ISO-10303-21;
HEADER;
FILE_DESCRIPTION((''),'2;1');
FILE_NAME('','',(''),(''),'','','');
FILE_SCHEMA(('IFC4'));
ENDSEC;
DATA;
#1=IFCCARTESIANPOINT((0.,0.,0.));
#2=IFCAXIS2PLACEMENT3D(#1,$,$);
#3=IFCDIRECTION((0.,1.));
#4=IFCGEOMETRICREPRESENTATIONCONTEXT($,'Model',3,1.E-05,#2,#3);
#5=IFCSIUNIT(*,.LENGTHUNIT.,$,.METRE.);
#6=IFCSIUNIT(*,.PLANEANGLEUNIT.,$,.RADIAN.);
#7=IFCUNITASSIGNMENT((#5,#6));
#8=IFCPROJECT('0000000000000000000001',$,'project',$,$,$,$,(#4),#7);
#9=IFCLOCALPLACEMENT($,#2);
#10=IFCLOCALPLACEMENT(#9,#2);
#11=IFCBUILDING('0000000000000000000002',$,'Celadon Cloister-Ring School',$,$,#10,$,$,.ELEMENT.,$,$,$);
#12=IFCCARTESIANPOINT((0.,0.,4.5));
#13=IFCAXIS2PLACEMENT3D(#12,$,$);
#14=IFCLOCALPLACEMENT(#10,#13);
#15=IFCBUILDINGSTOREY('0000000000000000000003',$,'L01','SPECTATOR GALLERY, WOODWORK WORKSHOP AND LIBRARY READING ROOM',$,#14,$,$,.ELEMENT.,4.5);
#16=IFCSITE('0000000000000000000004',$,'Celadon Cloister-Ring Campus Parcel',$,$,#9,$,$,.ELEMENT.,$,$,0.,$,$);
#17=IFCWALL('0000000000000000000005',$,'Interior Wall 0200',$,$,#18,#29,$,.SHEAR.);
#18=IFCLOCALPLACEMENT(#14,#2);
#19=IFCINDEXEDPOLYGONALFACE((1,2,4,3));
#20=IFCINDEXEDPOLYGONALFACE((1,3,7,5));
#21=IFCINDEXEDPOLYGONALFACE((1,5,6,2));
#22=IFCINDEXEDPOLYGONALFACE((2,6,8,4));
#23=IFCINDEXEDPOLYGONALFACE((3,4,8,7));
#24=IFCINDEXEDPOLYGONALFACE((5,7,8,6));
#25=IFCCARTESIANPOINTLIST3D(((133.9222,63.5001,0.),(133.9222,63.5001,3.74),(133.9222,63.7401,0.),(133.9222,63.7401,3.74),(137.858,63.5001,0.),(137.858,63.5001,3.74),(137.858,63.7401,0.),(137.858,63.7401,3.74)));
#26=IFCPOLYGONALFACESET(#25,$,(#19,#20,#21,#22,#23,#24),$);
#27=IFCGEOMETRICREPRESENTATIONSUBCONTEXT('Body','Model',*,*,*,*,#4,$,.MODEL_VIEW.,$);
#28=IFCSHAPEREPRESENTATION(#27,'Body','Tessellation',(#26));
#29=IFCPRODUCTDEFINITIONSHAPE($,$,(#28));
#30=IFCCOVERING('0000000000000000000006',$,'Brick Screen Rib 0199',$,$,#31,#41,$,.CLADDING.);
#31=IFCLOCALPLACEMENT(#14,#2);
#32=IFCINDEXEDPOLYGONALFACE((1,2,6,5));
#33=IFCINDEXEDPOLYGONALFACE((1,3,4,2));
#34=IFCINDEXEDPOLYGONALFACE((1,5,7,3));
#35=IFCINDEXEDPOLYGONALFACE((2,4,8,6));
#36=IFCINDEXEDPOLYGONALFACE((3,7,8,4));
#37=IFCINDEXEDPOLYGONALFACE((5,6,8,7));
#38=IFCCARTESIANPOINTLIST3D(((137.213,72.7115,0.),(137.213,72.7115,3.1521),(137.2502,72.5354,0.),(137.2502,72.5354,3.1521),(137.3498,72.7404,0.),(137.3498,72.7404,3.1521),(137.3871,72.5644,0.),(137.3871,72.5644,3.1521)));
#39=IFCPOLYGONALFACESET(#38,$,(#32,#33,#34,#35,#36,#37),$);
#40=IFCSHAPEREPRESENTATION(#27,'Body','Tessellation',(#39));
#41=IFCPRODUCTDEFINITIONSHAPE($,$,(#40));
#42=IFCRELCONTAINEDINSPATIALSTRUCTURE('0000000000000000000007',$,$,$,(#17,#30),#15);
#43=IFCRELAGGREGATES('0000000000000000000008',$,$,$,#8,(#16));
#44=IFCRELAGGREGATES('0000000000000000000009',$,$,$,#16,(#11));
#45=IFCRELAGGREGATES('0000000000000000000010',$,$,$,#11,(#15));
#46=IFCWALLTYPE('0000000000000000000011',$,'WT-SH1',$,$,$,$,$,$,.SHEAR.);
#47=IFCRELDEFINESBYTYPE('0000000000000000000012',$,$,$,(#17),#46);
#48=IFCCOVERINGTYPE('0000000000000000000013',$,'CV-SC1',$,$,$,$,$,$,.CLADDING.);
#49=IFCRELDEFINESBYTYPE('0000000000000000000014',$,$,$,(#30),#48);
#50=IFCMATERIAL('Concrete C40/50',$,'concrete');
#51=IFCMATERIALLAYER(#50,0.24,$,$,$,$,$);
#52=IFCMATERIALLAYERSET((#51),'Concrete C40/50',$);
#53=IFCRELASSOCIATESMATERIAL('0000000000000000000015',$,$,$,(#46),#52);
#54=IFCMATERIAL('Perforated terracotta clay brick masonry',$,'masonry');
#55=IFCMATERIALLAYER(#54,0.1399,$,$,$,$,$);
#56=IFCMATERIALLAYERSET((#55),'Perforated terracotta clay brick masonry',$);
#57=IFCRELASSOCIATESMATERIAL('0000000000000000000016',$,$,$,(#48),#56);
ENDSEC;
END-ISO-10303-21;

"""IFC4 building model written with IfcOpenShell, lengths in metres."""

from ifc_helpers import new_model, si_unit, direction, frame, frame_2d, origin, origin_2d, place, context, subcontext, project, spatial, rectangle, extrude, material, layer, layer_set, type_object, element, save


model = new_model("IFC4")

# Units and contexts
model_context = context("Model", 3, precision=1e-05, world=origin(), true_north=direction((0.0, 1.0)))
body_context = subcontext(model_context, "Body", "Model", "MODEL_VIEW")
ifc_project = project(units=[si_unit("LENGTHUNIT", "METRE"), si_unit("PLANEANGLEUNIT", "RADIAN")], contexts=[model_context])

# Site, building, storey
site_placement = place(None, origin())
site = spatial("IfcSite", under=ifc_project, at=site_placement, Name="Celadon Cloister-Ring Campus Parcel", CompositionType="ELEMENT", RefElevation=0.0)
building_placement = place(site_placement, origin())
building = spatial("IfcBuilding", under=site, at=building_placement, Name="Celadon Cloister-Ring School", CompositionType="ELEMENT")
storey_placement = place(building_placement, frame((0.0, 0.0, 4.5)))
storey = spatial("IfcBuildingStorey", under=building, at=storey_placement, Name="L01", Description="SPECTATOR GALLERY, WOODWORK WORKSHOP AND LIBRARY READING ROOM", CompositionType="ELEMENT", Elevation=4.5)

# Wall
ifc_material_1 = material(Name="Concrete C40/50", Category="concrete")
ifc_layer_1 = layer(ifc_material_1, 0.24)
ifc_layer_set_1 = layer_set([ifc_layer_1], Name="Concrete C40/50")
wall_type_1 = type_object("IfcWallType", Name="WT-SH1", PredefinedType="SHEAR", material=ifc_layer_set_1)
wall_1_placement = place(storey_placement, frame((137.8579, 63.6201, 0.0), z_axis=(0.0, 0.0, 1.0), x_axis=(-1.0, 0.0, 0.0)))
element("IfcWall", 1, at=wall_1_placement, inside=storey, type_object=wall_type_1, Name="Interior Wall 0200", PredefinedType="SHEAR", context=body_context, shape_type="SweptSolid", body=[
    extrude(rectangle(XDim=3.9358, YDim=0.24, at=frame_2d((1.9678, 0.0))), origin(), (0.0, 0.0, 1.0), 3.74),
])

# Covering
ifc_material_2 = material(Name="Perforated terracotta clay brick masonry", Category="masonry")
ifc_layer_2 = layer(ifc_material_2, 0.1399)
ifc_layer_set_2 = layer_set([ifc_layer_2], Name="Perforated terracotta clay brick masonry")
covering_type = type_object("IfcCoveringType", Name="CV-SC1", PredefinedType="CLADDING", material=ifc_layer_set_2)
covering_placement = place(storey_placement, frame((137.3, 72.6379, 0.0), z_axis=(0.0, 0.0, 1.0), x_axis=(0.207075, -0.978325, 0.0)))
element("IfcCovering", 2, at=covering_placement, inside=storey, type_object=covering_type, Name="Brick Screen Rib 0199", PredefinedType="CLADDING", context=body_context, shape_type="SweptSolid", body=[
    extrude(rectangle(XDim=0.1799, YDim=0.1399, at=origin_2d()), origin(), (0.0, 0.0, 1.0), 3.1521),
])

save(model, "model.ifc")
